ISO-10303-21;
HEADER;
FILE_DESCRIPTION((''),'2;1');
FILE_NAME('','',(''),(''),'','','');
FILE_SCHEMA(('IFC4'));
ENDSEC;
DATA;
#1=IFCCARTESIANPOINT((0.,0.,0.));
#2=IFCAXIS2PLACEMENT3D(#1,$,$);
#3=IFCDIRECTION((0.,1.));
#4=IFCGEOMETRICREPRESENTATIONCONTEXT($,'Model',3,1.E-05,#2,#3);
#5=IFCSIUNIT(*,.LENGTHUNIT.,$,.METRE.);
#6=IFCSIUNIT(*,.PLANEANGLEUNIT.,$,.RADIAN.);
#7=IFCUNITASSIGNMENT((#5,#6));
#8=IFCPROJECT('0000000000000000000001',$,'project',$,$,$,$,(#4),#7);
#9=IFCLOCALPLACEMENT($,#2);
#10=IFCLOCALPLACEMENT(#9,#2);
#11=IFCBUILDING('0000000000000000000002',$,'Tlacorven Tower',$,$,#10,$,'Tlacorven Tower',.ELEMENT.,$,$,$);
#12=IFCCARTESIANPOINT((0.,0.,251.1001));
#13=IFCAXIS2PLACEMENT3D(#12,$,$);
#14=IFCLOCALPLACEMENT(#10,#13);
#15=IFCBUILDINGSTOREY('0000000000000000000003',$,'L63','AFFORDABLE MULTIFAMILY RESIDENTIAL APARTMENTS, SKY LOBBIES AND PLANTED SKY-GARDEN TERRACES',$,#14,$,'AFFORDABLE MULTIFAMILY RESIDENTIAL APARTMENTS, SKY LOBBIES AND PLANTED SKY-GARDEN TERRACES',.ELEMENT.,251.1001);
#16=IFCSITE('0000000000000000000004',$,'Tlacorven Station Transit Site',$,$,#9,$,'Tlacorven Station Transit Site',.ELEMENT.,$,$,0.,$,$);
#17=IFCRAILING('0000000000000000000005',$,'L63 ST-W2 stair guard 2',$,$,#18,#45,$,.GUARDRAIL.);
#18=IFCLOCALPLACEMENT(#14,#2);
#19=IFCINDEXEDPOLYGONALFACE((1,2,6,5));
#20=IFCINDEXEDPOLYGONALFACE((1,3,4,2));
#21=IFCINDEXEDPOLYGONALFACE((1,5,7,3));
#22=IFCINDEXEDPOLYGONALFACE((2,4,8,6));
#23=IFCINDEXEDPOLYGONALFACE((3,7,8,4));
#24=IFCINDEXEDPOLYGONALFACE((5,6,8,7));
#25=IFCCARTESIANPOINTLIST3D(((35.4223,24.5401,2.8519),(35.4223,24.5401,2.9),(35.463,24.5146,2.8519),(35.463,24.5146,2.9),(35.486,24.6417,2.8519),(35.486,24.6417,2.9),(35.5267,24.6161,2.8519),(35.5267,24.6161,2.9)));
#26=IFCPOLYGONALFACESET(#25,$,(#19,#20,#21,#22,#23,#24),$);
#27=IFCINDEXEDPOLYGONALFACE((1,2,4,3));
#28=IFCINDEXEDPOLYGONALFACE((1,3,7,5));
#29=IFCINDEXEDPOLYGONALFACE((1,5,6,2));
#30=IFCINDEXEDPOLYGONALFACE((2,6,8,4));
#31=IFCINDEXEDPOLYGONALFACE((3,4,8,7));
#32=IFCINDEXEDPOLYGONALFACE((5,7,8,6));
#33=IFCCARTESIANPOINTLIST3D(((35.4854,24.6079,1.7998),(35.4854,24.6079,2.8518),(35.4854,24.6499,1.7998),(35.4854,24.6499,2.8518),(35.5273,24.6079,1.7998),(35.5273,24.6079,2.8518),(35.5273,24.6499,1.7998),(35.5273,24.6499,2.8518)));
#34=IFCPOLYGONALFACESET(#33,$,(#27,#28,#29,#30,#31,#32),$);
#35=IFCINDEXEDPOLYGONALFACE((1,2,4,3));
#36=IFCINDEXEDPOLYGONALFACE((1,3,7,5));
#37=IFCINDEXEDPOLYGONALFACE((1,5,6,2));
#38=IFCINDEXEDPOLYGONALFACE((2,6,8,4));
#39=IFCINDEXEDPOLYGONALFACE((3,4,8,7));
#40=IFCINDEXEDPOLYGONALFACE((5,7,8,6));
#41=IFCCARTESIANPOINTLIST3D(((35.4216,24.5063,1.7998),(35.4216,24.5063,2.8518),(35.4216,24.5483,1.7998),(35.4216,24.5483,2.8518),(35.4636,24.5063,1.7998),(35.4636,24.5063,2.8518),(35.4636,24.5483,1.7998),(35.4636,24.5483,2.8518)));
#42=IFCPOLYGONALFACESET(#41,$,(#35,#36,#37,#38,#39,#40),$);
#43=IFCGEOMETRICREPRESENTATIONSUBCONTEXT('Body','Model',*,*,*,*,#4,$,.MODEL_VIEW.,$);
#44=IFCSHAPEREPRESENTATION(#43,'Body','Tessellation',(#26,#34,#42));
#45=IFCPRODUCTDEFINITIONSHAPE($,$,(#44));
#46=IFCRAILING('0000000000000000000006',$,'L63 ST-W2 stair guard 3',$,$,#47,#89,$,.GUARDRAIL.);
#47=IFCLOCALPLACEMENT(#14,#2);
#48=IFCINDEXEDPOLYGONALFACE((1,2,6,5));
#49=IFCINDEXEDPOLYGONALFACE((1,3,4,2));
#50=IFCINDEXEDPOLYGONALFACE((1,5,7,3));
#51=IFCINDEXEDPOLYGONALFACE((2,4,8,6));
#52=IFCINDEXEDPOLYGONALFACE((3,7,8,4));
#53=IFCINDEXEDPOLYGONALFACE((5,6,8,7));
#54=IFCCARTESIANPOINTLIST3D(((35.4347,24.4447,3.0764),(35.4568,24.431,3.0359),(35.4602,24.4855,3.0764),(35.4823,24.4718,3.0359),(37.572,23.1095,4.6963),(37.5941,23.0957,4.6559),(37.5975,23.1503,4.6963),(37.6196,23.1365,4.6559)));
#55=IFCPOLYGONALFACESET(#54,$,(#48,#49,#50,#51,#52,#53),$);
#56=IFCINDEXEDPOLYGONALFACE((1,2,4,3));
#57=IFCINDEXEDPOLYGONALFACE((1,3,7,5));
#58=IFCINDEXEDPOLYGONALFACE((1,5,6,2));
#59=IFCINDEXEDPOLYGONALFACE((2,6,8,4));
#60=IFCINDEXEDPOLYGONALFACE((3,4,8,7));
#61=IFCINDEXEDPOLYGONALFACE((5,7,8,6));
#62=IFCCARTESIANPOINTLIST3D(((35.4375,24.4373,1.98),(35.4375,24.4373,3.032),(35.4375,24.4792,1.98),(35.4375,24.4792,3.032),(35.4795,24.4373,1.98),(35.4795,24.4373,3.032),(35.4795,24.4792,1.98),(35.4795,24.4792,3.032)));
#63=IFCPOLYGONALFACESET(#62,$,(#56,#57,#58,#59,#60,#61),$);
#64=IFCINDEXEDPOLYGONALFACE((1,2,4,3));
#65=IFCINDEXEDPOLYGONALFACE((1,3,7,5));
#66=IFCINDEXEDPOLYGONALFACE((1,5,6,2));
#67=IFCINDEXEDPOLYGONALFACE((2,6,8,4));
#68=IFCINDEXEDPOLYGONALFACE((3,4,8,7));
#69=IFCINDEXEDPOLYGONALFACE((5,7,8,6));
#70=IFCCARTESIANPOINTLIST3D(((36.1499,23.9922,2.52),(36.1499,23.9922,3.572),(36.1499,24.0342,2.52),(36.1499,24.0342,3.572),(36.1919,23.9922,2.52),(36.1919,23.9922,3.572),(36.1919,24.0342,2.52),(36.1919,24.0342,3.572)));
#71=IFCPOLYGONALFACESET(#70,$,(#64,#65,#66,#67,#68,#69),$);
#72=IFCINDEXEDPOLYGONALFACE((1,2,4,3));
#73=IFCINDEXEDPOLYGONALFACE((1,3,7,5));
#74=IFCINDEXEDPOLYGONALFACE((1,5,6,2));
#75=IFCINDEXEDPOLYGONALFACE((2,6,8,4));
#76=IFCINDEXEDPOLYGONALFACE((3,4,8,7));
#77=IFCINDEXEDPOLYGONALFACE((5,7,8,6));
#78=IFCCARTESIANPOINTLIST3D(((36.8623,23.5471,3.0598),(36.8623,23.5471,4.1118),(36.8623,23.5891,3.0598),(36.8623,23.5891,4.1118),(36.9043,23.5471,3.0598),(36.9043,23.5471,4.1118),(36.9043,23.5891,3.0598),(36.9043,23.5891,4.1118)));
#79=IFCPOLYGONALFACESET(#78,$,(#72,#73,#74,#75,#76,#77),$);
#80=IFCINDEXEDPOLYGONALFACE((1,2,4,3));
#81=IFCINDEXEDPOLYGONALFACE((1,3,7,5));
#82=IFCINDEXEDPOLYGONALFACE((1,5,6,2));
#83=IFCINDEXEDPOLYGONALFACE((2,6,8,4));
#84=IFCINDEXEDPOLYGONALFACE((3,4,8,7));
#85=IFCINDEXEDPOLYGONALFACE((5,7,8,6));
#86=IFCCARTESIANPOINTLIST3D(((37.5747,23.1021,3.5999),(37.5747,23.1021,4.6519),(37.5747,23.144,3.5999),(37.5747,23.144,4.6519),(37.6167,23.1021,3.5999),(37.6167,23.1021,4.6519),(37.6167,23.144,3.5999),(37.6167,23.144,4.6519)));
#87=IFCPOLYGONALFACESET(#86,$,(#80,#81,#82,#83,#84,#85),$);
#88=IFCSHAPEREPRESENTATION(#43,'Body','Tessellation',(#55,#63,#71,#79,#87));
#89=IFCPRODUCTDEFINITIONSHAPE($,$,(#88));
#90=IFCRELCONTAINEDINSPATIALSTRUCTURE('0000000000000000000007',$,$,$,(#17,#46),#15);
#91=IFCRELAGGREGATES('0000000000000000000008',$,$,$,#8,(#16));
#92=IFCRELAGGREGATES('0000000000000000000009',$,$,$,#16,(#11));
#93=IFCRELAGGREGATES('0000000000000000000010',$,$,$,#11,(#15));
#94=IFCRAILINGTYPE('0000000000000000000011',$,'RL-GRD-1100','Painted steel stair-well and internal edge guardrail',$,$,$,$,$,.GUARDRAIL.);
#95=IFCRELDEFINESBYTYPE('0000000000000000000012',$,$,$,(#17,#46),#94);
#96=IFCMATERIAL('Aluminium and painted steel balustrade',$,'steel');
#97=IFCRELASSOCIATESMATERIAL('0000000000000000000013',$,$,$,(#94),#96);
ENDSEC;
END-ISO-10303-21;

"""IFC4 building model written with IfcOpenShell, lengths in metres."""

from ifc_helpers import new_model, si_unit, direction, frame, origin, origin_2d, place, context, subcontext, project, spatial, rectangle, extrude, source, transform, mapped, material, type_object, element, save


model = new_model("IFC4")

# Units and contexts
model_context = context("Model", 3, precision=1e-05, world=origin(), true_north=direction((0.0, 1.0)))
body_context = subcontext(model_context, "Body", "Model", "MODEL_VIEW")
ifc_project = project(units=[si_unit("LENGTHUNIT", "METRE"), si_unit("PLANEANGLEUNIT", "RADIAN")], contexts=[model_context])

# Site, building, storey
site_placement = place(None, origin())
site = spatial("IfcSite", under=ifc_project, at=site_placement, Name="Tlacorven Station Transit Site", LongName="Tlacorven Station Transit Site", CompositionType="ELEMENT", RefElevation=0.0)
building_placement = place(site_placement, origin())
building = spatial("IfcBuilding", under=site, at=building_placement, Name="Tlacorven Tower", LongName="Tlacorven Tower", CompositionType="ELEMENT")
storey_placement = place(building_placement, frame((0.0, 0.0, 251.1001)))
storey = spatial("IfcBuildingStorey", under=building, at=storey_placement, Name="L63", Description="AFFORDABLE MULTIFAMILY RESIDENTIAL APARTMENTS, SKY LOBBIES AND PLANTED SKY-GARDEN TERRACES", LongName="AFFORDABLE MULTIFAMILY RESIDENTIAL APARTMENTS, SKY LOBBIES AND PLANTED SKY-GARDEN TERRACES", CompositionType="ELEMENT", Elevation=251.1001)

# Railings
ifc_material_1 = material(Name="Aluminium and painted steel balustrade", Category="steel")
railing_type_1 = type_object("IfcRailingType", Name="RL-GRD-1100", Description="Painted steel stair-well and internal edge guardrail", PredefinedType="GUARDRAIL", material=ifc_material_1)
shared_shape_1 = source(origin(), body_context, "Body", "SweptSolid", [
    extrude(rectangle(XDim=0.0481, YDim=0.0481, at=origin_2d()), frame((0.0, 0.0, 1.0762), z_axis=(-0.531462, -0.847082, 0.0), x_axis=(0.847082, -0.531462, 0.0)), (0.0, 0.0, 1.0), 0.1199),
    extrude(rectangle(XDim=0.042, YDim=0.042, at=origin_2d()), origin(), (0.0, 0.0, 1.0), 1.052),
    extrude(rectangle(XDim=0.042, YDim=0.042, at=origin_2d()), frame((-0.0637, -0.1016, 0.0)), (0.0, 0.0, 1.0), 1.052),
])
railing_1_placement = place(storey_placement, frame((35.5063, 24.6289, 1.7998)))
element("IfcRailing", 1, at=railing_1_placement, inside=storey, type_object=railing_type_1, Name="L63 ST-W2 stair guard 2", PredefinedType="GUARDRAIL", context=body_context, shape_type="MappedRepresentation", body=[
    mapped(shared_shape_1, transform((0.0, 0.0, 0.0), scale=1.0)),
])
shared_shape_2 = source(origin(), body_context, "Body", "SweptSolid", [
    extrude(rectangle(XDim=0.0481, YDim=0.0481, at=origin_2d()), frame((0.0, 0.0, 1.0762), z_axis=(0.713417, -0.445702, 0.540727), x_axis=(0.529842, 0.848096, 0.0)), (0.0, 0.0, 1.0), 2.9958),
    extrude(rectangle(XDim=0.042, YDim=0.042, at=origin_2d()), origin(), (0.0, 0.0, 1.0), 1.052),
    extrude(rectangle(XDim=0.042, YDim=0.042, at=origin_2d()), frame((0.7124, -0.4451, 0.54)), (0.0, 0.0, 1.0), 1.052),
    extrude(rectangle(XDim=0.042, YDim=0.042, at=origin_2d()), frame((1.4248, -0.8901, 1.0798)), (0.0, 0.0, 1.0), 1.052),
    extrude(rectangle(XDim=0.042, YDim=0.042, at=origin_2d()), frame((2.1372, -1.3352, 1.6199)), (0.0, 0.0, 1.0), 1.052),
])
railing_2_placement = place(storey_placement, frame((35.4585, 24.4583, 1.98)))
element("IfcRailing", 2, at=railing_2_placement, inside=storey, type_object=railing_type_1, Name="L63 ST-W2 stair guard 3", PredefinedType="GUARDRAIL", context=body_context, shape_type="MappedRepresentation", body=[
    mapped(shared_shape_2, transform((0.0, 0.0, 0.0), scale=1.0)),
])

save(model, "model.ifc")
